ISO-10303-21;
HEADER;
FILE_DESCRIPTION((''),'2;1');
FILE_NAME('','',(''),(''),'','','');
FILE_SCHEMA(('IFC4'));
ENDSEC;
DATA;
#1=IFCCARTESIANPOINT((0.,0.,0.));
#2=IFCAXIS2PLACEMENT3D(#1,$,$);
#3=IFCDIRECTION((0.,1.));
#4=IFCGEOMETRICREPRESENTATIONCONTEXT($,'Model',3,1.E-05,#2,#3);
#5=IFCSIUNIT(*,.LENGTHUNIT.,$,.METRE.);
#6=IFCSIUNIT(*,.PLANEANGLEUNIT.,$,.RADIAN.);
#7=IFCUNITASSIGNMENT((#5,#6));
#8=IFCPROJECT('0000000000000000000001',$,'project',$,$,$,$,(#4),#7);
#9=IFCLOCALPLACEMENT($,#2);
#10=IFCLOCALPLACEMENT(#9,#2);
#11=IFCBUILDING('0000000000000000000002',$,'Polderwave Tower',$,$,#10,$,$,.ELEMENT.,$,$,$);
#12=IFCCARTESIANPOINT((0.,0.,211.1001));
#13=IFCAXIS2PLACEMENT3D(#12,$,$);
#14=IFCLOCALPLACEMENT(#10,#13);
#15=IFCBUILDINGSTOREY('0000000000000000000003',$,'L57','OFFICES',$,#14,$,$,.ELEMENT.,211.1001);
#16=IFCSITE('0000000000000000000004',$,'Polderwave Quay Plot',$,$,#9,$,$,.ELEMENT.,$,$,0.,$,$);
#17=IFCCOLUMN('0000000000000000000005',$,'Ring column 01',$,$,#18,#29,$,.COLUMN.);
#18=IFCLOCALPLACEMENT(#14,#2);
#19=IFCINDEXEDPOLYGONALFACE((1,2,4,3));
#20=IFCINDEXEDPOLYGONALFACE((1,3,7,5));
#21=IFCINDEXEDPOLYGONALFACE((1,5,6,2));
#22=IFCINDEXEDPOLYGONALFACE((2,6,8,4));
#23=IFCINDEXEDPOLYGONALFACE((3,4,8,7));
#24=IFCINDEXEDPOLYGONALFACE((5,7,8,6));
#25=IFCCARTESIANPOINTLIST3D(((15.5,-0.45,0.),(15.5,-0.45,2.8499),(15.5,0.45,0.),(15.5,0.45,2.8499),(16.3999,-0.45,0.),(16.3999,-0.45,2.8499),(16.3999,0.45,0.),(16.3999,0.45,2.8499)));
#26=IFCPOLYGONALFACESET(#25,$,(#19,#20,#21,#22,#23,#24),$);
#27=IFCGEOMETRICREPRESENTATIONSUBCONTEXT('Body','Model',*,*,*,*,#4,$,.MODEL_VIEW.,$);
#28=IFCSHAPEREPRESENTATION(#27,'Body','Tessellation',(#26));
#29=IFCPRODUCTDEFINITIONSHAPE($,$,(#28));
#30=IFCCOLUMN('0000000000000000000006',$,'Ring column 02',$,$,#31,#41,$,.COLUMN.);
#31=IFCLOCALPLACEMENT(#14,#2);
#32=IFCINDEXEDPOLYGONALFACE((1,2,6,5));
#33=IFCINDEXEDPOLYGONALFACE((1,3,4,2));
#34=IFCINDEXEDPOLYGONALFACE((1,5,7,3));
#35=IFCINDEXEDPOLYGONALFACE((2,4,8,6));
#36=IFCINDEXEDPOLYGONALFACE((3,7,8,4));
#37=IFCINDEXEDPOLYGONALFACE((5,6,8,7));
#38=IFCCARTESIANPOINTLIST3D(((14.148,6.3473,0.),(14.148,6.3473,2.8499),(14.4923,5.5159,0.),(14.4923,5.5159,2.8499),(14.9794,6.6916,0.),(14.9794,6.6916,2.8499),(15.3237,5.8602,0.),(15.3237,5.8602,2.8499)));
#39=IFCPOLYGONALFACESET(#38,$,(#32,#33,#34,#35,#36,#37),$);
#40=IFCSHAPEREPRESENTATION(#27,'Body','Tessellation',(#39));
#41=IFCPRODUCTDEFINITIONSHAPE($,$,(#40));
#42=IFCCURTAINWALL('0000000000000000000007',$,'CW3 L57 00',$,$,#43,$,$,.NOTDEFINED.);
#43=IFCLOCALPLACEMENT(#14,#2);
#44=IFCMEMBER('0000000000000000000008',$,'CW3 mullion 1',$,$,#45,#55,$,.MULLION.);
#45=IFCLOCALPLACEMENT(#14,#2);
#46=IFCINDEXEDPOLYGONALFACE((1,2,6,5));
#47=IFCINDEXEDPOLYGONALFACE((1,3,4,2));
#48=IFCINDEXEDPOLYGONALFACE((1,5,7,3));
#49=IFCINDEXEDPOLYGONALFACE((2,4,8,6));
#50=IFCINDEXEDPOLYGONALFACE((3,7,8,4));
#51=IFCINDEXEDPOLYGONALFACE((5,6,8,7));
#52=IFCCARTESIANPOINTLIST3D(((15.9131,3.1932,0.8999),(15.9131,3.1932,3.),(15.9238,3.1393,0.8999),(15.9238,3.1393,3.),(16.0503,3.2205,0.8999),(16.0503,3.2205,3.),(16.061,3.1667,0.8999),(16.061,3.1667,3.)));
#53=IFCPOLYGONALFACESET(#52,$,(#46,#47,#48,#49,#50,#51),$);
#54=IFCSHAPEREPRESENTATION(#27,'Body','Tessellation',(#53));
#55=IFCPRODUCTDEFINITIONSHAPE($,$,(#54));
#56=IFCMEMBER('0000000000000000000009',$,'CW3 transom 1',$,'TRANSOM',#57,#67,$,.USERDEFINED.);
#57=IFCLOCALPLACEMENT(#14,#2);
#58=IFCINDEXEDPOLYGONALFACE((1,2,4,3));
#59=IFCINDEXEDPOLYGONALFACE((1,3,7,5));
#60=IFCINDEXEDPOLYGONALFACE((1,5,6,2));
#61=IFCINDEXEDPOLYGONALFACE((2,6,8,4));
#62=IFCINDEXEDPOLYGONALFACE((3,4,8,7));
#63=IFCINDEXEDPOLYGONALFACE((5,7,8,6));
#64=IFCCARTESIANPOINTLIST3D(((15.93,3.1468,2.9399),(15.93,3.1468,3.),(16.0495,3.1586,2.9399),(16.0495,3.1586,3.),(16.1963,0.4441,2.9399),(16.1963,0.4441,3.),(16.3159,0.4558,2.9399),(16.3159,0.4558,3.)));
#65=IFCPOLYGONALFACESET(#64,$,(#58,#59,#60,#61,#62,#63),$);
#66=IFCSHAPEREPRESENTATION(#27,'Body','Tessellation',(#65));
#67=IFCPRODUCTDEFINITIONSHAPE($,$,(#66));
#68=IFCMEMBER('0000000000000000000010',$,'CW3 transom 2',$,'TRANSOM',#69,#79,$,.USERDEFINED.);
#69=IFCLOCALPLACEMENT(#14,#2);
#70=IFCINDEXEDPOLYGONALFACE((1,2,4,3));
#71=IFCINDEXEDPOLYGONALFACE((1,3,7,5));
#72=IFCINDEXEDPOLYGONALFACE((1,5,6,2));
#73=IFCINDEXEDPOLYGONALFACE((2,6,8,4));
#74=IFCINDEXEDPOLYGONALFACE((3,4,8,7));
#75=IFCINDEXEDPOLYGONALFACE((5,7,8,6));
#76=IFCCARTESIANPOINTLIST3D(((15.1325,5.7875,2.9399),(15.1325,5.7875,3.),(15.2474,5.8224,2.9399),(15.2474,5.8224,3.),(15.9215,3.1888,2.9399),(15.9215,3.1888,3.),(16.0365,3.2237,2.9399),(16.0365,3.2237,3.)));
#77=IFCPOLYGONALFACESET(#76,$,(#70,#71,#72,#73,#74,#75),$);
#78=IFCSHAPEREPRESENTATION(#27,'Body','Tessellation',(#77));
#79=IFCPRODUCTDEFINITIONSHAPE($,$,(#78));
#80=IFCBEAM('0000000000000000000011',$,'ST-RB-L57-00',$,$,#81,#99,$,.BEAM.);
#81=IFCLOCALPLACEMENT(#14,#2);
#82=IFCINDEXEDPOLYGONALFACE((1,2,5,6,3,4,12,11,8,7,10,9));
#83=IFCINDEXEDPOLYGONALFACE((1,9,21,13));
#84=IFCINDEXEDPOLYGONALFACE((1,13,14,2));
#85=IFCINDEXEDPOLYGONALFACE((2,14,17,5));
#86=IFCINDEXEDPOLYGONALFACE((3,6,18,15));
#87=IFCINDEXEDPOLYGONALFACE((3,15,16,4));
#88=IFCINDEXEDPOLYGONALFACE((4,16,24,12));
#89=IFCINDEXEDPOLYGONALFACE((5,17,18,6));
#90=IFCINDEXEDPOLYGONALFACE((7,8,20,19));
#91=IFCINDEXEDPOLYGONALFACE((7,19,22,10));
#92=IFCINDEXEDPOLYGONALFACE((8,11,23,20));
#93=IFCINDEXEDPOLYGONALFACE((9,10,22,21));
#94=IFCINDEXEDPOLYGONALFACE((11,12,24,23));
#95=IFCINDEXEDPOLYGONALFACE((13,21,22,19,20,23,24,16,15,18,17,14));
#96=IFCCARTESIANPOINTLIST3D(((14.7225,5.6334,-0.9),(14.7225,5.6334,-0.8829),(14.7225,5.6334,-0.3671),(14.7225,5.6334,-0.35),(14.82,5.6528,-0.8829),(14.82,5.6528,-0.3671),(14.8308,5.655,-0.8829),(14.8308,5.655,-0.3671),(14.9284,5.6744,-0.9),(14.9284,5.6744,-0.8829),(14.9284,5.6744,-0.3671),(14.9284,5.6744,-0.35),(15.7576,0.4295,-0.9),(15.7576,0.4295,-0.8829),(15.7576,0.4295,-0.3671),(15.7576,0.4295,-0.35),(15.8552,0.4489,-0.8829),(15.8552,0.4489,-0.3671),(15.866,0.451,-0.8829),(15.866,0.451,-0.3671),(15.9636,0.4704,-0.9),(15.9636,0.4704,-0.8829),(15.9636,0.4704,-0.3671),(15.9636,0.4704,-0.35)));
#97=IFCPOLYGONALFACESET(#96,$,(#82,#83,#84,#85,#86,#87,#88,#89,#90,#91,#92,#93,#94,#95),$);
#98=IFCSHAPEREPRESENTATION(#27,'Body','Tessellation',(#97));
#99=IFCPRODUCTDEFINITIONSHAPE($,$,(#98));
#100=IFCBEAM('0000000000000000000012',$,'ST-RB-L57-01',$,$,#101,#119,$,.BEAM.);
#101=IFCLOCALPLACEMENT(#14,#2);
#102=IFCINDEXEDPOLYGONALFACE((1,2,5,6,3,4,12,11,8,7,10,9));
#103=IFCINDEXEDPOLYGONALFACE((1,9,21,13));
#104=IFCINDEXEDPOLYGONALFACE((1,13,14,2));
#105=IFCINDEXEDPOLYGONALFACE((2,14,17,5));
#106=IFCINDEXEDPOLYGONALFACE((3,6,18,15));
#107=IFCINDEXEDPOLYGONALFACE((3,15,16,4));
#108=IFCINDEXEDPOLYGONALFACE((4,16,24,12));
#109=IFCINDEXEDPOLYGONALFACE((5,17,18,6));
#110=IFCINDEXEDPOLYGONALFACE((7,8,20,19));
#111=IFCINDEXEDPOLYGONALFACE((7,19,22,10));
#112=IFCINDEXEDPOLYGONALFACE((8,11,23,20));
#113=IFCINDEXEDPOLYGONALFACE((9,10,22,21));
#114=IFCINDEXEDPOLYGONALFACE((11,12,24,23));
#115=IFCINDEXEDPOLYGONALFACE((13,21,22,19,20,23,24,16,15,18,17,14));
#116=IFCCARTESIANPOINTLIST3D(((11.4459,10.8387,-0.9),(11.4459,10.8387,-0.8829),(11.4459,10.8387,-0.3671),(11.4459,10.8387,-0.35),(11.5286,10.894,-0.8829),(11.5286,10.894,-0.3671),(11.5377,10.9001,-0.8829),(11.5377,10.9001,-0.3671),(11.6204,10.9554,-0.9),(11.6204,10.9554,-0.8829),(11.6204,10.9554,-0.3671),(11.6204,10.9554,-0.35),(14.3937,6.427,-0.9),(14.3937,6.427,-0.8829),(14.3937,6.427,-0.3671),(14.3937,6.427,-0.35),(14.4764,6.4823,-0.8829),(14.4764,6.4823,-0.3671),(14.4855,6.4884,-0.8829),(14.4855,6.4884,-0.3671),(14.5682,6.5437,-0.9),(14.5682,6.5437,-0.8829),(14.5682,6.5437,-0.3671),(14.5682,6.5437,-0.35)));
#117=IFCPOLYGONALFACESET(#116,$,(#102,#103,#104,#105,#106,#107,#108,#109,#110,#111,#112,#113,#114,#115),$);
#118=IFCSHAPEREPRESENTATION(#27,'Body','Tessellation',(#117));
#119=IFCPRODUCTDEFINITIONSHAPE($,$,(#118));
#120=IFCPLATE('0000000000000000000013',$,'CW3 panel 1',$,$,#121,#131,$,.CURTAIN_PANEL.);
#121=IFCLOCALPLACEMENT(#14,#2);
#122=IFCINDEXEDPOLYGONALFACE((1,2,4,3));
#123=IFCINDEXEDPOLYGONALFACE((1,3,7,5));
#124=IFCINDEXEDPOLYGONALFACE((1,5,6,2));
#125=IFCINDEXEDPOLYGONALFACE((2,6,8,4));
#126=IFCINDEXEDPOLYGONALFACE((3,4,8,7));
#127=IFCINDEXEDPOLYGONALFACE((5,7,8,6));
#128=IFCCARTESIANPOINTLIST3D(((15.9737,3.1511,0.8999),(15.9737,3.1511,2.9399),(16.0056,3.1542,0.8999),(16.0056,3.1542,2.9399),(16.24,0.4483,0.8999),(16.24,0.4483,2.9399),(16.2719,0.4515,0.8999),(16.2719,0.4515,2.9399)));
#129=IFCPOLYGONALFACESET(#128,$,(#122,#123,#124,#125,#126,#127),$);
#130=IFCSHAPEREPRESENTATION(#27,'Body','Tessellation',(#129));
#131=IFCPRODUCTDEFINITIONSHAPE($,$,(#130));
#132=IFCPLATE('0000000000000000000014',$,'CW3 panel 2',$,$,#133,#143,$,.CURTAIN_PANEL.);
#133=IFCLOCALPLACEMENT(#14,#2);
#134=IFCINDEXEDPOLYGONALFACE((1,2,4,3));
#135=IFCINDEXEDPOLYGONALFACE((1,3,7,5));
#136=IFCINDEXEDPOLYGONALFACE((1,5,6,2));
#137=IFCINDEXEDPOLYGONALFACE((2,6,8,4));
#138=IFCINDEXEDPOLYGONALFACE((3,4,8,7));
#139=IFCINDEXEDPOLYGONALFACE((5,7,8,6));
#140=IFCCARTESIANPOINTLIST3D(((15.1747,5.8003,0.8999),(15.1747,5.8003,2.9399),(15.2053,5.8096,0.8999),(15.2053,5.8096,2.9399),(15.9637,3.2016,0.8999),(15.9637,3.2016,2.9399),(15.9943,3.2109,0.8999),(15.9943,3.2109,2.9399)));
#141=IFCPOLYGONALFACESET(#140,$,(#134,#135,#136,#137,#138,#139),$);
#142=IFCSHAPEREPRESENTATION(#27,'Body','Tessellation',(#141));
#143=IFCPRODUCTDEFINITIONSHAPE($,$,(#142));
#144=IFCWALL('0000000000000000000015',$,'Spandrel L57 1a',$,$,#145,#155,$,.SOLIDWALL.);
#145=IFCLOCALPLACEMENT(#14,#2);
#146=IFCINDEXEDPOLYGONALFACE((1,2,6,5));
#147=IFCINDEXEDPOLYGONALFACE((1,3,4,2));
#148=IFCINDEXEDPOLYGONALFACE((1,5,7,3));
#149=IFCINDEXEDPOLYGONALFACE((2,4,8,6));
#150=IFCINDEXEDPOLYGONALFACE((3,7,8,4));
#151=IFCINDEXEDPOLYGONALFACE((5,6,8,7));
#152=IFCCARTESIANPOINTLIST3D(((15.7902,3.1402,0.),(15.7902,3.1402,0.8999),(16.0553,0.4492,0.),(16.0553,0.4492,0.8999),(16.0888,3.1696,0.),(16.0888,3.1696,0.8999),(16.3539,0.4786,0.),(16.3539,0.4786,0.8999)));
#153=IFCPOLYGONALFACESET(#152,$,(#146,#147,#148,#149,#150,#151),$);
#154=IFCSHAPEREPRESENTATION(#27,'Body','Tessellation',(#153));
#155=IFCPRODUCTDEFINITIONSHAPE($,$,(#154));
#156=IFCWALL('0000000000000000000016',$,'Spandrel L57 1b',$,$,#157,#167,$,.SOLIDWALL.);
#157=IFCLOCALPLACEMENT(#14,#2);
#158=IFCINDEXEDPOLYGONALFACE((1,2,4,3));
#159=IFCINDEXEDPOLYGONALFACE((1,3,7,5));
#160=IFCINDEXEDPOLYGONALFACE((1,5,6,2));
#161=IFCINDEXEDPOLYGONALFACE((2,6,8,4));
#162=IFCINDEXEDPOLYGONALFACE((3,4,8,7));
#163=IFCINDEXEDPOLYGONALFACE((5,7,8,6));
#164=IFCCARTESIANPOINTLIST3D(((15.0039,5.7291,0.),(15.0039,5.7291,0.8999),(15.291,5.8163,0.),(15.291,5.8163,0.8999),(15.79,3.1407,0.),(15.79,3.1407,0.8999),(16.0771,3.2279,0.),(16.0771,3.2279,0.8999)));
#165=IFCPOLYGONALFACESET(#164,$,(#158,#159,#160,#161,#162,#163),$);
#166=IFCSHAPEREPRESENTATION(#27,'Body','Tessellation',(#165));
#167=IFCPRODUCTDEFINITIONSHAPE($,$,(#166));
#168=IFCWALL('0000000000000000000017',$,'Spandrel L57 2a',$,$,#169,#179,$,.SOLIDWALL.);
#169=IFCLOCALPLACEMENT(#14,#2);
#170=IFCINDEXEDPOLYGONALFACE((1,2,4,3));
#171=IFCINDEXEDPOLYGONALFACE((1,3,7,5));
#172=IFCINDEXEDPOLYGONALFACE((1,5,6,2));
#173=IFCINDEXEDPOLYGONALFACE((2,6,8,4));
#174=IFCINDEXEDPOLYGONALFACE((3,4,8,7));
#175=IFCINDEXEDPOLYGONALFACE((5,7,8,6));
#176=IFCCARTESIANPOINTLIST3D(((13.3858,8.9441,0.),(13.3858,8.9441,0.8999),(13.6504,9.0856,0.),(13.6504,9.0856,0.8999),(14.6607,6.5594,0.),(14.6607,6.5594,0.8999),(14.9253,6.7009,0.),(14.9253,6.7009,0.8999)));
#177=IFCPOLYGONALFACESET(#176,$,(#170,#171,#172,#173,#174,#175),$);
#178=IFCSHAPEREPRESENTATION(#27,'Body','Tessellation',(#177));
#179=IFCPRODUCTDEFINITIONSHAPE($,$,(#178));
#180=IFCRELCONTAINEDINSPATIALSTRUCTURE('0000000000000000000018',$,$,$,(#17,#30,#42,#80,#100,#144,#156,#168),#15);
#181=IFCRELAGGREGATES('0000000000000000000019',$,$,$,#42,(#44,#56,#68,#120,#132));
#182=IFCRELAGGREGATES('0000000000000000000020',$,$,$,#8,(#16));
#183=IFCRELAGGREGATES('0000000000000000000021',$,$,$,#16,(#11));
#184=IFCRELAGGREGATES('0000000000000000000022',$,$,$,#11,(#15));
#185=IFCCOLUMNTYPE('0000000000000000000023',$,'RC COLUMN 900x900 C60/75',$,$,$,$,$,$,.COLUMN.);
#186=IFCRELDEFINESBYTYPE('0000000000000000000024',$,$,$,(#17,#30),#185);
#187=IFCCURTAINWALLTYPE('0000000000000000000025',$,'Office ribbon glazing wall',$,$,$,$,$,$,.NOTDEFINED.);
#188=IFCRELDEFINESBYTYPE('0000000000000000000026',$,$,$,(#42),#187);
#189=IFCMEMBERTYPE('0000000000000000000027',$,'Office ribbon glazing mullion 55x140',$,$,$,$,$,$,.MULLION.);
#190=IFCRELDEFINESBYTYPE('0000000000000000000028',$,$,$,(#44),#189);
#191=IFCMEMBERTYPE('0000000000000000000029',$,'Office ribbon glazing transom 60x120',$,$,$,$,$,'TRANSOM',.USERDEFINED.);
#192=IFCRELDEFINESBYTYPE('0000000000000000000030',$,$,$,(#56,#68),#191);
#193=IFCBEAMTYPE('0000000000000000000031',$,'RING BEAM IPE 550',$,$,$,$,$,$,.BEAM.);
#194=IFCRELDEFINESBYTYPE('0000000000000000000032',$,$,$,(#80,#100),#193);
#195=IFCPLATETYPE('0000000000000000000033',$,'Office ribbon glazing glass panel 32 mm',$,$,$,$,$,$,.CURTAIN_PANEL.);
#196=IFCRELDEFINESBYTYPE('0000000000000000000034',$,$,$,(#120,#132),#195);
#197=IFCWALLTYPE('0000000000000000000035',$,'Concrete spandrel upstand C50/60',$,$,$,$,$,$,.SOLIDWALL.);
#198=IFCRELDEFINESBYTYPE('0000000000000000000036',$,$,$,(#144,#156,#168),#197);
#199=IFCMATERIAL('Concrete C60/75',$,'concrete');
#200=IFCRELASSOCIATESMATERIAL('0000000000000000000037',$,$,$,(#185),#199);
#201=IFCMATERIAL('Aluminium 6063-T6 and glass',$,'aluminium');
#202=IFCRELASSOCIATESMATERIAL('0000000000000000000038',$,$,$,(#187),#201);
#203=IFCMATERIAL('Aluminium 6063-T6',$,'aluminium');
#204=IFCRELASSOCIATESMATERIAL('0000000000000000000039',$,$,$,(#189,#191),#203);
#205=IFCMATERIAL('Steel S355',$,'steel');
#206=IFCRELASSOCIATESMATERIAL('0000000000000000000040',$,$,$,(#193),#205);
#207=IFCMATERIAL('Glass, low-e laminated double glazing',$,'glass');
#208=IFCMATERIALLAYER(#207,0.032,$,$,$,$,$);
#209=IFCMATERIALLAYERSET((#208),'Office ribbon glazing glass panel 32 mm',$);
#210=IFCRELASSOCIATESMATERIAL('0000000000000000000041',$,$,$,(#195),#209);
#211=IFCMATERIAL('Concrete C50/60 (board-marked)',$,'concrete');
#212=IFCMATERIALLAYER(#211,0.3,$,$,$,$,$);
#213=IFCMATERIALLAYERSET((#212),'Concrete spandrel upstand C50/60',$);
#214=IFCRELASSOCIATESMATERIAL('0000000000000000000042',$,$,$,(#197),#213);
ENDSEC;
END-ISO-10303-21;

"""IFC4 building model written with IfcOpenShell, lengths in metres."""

from ifc_helpers import new_model, si_unit, direction, frame, frame_2d, origin, origin_2d, place, context, subcontext, project, spatial, rectangle, i_section, extrude, material, layer, layer_set, material_profile, profile_set, type_object, element, aggregate, save


model = new_model("IFC4")

# Units and contexts
model_context = context("Model", 3, precision=1e-05, world=origin(), true_north=direction((0.0, 1.0)))
body_context = subcontext(model_context, "Body", "Model", "MODEL_VIEW")
ifc_project = project(units=[si_unit("LENGTHUNIT", "METRE"), si_unit("PLANEANGLEUNIT", "RADIAN")], contexts=[model_context])

# Site, building, storey
site_placement = place(None, origin())
site = spatial("IfcSite", under=ifc_project, at=site_placement, Name="Polderwave Quay Plot", CompositionType="ELEMENT", RefElevation=0.0)
building_placement = place(site_placement, origin())
building = spatial("IfcBuilding", under=site, at=building_placement, Name="Polderwave Tower", CompositionType="ELEMENT")
storey_placement = place(building_placement, frame((0.0, 0.0, 211.1001)))
storey = spatial("IfcBuildingStorey", under=building, at=storey_placement, Name="L57", Description="OFFICES", CompositionType="ELEMENT", Elevation=211.1001)

# Columns
ifc_material_1 = material(Name="Concrete C60/75", Category="concrete")
ifc_material_profile_1 = material_profile(ifc_material_1, rectangle(XDim=0.8999, YDim=0.8999, at=origin_2d()), Name="RC 900x900")
ifc_profile_set_1 = profile_set([ifc_material_profile_1], Name="Concrete C60/75")
column_type = type_object("IfcColumnType", Name="RC COLUMN 900x900 C60/75", PredefinedType="COLUMN", material=ifc_profile_set_1)
for number, where, z_axis, x_axis, name in (
    (1, (15.95, 0.0, 0.0), (0.0, 0.0, 1.0), (1.0, 0.0, 0.0), "Ring column 01"),
    (2, (14.7358, 6.1038, 0.0), (0.0, 0.0, 1.0), (0.92388, 0.382683, 0.0), "Ring column 02"),
):
    element("IfcColumn", number, at=place(storey_placement, frame(where, z_axis=z_axis, x_axis=x_axis)), inside=storey, type_object=column_type, Name=name, PredefinedType="COLUMN", context=body_context, shape_type="SweptSolid", body=[
        extrude(rectangle(XDim=0.8999, YDim=0.8999, at=origin_2d()), origin(), (0.0, 0.0, 1.0), 2.8499),
    ])

# Curtain wall, members
ifc_material_2 = material(Name="Aluminium 6063-T6 and glass", Category="aluminium")
curtain_wall_type = type_object("IfcCurtainWallType", Name="Office ribbon glazing wall", PredefinedType="NOTDEFINED", material=ifc_material_2)
curtain_wall_placement = place(storey_placement, origin())
curtain_wall = element("IfcCurtainWall", 3, at=curtain_wall_placement, inside=storey, type_object=curtain_wall_type, Name="CW3 L57 00", PredefinedType="NOTDEFINED")
ifc_material_3 = material(Name="Aluminium 6063-T6", Category="aluminium")
ifc_material_profile_2 = material_profile(ifc_material_3, rectangle(XDim=0.1399, YDim=0.0549, at=origin_2d()), Name="AL 55x140")
ifc_profile_set_2 = profile_set([ifc_material_profile_2], Name="Aluminium 6063-T6")
member_type_1 = type_object("IfcMemberType", Name="Office ribbon glazing mullion 55x140", PredefinedType="MULLION", material=ifc_profile_set_2)
member_1_placement = place(storey_placement, frame((15.9871, 3.1799, 0.8999), z_axis=(0.0, 0.0, 1.0), x_axis=(-0.980757, -0.195234, 0.0)))
member_1 = element("IfcMember", 4, at=member_1_placement, type_object=member_type_1, Name="CW3 mullion 1", PredefinedType="MULLION", context=body_context, shape_type="SweptSolid", body=[
    extrude(rectangle(XDim=0.1399, YDim=0.0549, at=origin_2d()), origin(), (0.0, 0.0, 1.0), 2.1001),
])
ifc_material_profile_3 = material_profile(ifc_material_3, rectangle(XDim=0.1201, YDim=0.0601, at=origin_2d()), Name="AL 60x120")
ifc_profile_set_3 = profile_set([ifc_material_profile_3], Name="Aluminium 6063-T6")
member_type_2 = type_object("IfcMemberType", Name="Office ribbon glazing transom 60x120", ElementType="TRANSOM", PredefinedType="USERDEFINED", material=ifc_profile_set_3)
member_2_placement = place(storey_placement, frame((16.2561, 0.45, 2.97), z_axis=(-0.098079, 0.995179, 0.0), x_axis=(-0.995179, -0.098079, 0.0)))
member_2 = element("IfcMember", 5, at=member_2_placement, type_object=member_type_2, Name="CW3 transom 1", ObjectType="TRANSOM", PredefinedType="USERDEFINED", context=body_context, shape_type="SweptSolid", body=[
    extrude(rectangle(XDim=0.1201, YDim=0.0601, at=origin_2d()), origin(), (0.0, 0.0, 1.0), 2.7158),
])
member_3_placement = place(storey_placement, frame((15.979, 3.2063, 2.97), z_axis=(-0.290546, 0.956861, 0.0), x_axis=(-0.956861, -0.290546, 0.0)))
member_3 = element("IfcMember", 6, at=member_3_placement, type_object=member_type_2, Name="CW3 transom 2", ObjectType="TRANSOM", PredefinedType="USERDEFINED", context=body_context, shape_type="SweptSolid", body=[
    extrude(rectangle(XDim=0.1201, YDim=0.0601, at=origin_2d()), origin(), (0.0, 0.0, 1.0), 2.7158),
])

# Beams
ifc_material_4 = material(Name="Steel S355", Category="steel")
ifc_material_profile_4 = material_profile(ifc_material_4, i_section(OverallWidth=0.21, OverallDepth=0.55, WebThickness=0.011, FlangeThickness=0.0171, at=origin_2d()), Name="IPE 550")
ifc_profile_set_4 = profile_set([ifc_material_profile_4], Name="Steel S355")
beam_type = type_object("IfcBeamType", Name="RING BEAM IPE 550", PredefinedType="BEAM", material=ifc_profile_set_4)
for number, where, z_axis, x_axis, name in (
    (7, (15.8606, 0.45, -0.625), (-0.195098, 0.980784, 0.0), (-0.980784, -0.195098, 0.0), "ST-RB-L57-00"),
    (8, (14.481, 6.4854, -0.625), (-0.555571, 0.831469, 0.0), (-0.831469, -0.555571, 0.0), "ST-RB-L57-01"),
):
    element("IfcBeam", number, at=place(storey_placement, frame(where, z_axis=z_axis, x_axis=x_axis)), inside=storey, type_object=beam_type, Name=name, PredefinedType="BEAM", context=body_context, shape_type="SweptSolid", body=[
        extrude(i_section(OverallWidth=0.21, OverallDepth=0.55, WebThickness=0.011, FlangeThickness=0.0171, at=origin_2d()), origin(), (0.0, 0.0, 1.0), 5.3059),
    ])

# Plates
ifc_material_5 = material(Name="Glass, low-e laminated double glazing", Category="glass")
ifc_layer_1 = layer(ifc_material_5, 0.032)
ifc_layer_set_1 = layer_set([ifc_layer_1], Name="Office ribbon glazing glass panel 32 mm")
plate_type = type_object("IfcPlateType", Name="Office ribbon glazing glass panel 32 mm", PredefinedType="CURTAIN_PANEL", material=ifc_layer_set_1)
plate_1_placement = place(storey_placement, frame((16.1228, 1.8013, 0.8999), z_axis=(0.0, 0.0, 1.0), x_axis=(-0.098061, 0.99518, 0.0)))
plate_1 = element("IfcPlate", 9, at=plate_1_placement, type_object=plate_type, Name="CW3 panel 1", PredefinedType="CURTAIN_PANEL", context=body_context, shape_type="SweptSolid", body=[
    extrude(rectangle(XDim=2.7158, YDim=0.032, at=origin_2d()), origin(), (0.0, 0.0, 1.0), 2.04),
])
plate_2_placement = place(storey_placement, frame((15.5845, 4.5056, 0.8999), z_axis=(0.0, 0.0, 1.0), x_axis=(-0.290524, 0.956868, 0.0)))
plate_2 = element("IfcPlate", 10, at=plate_2_placement, type_object=plate_type, Name="CW3 panel 2", PredefinedType="CURTAIN_PANEL", context=body_context, shape_type="SweptSolid", body=[
    extrude(rectangle(XDim=2.7158, YDim=0.032, at=origin_2d()), origin(), (0.0, 0.0, 1.0), 2.04),
])
aggregate(curtain_wall, [member_1, member_2, member_3, plate_1, plate_2])

# Walls
ifc_material_6 = material(Name="Concrete C50/60 (board-marked)", Category="concrete")
ifc_layer_2 = layer(ifc_material_6, 0.3)
ifc_layer_set_2 = layer_set([ifc_layer_2], Name="Concrete spandrel upstand C50/60")
wall_type_1 = type_object("IfcWallType", Name="Concrete spandrel upstand C50/60", PredefinedType="SOLIDWALL", material=ifc_layer_set_2)
wall_1_placement = place(storey_placement, frame((16.2046, 0.4639, 0.0), z_axis=(0.0, 0.0, 1.0), x_axis=(-0.098047, 0.995182, 0.0)))
element("IfcWall", 11, at=wall_1_placement, inside=storey, type_object=wall_type_1, Name="Spandrel L57 1a", PredefinedType="SOLIDWALL", context=body_context, shape_type="SweptSolid", body=[
    extrude(rectangle(XDim=2.7041, YDim=0.3, at=frame_2d((1.3521, 0.0))), origin(), (0.0, 0.0, 1.0), 0.8999),
])
wall_2_placement = place(storey_placement, frame((15.9336, 3.1843, 0.0), z_axis=(0.0, 0.0, 1.0), x_axis=(-0.290609, 0.956842, 0.0)))
element("IfcWall", 12, at=wall_2_placement, inside=storey, type_object=wall_type_1, Name="Spandrel L57 1b", PredefinedType="SOLIDWALL", context=body_context, shape_type="SweptSolid", body=[
    extrude(rectangle(XDim=2.7051, YDim=0.3, at=frame_2d((1.3525, 0.0))), origin(), (0.0, 0.0, 1.0), 0.8999),
])
wall_3_placement = place(storey_placement, frame((14.793, 6.6301, 0.0), z_axis=(0.0, 0.0, 1.0), x_axis=(-0.47146, 0.881888, 0.0)))
element("IfcWall", 13, at=wall_3_placement, inside=storey, type_object=wall_type_1, Name="Spandrel L57 2a", PredefinedType="SOLIDWALL", context=body_context, shape_type="SweptSolid", body=[
    extrude(rectangle(XDim=2.7041, YDim=0.3, at=frame_2d((1.3521, 0.0))), origin(), (0.0, 0.0, 1.0), 0.8999),
])

save(model, "model.ifc")
